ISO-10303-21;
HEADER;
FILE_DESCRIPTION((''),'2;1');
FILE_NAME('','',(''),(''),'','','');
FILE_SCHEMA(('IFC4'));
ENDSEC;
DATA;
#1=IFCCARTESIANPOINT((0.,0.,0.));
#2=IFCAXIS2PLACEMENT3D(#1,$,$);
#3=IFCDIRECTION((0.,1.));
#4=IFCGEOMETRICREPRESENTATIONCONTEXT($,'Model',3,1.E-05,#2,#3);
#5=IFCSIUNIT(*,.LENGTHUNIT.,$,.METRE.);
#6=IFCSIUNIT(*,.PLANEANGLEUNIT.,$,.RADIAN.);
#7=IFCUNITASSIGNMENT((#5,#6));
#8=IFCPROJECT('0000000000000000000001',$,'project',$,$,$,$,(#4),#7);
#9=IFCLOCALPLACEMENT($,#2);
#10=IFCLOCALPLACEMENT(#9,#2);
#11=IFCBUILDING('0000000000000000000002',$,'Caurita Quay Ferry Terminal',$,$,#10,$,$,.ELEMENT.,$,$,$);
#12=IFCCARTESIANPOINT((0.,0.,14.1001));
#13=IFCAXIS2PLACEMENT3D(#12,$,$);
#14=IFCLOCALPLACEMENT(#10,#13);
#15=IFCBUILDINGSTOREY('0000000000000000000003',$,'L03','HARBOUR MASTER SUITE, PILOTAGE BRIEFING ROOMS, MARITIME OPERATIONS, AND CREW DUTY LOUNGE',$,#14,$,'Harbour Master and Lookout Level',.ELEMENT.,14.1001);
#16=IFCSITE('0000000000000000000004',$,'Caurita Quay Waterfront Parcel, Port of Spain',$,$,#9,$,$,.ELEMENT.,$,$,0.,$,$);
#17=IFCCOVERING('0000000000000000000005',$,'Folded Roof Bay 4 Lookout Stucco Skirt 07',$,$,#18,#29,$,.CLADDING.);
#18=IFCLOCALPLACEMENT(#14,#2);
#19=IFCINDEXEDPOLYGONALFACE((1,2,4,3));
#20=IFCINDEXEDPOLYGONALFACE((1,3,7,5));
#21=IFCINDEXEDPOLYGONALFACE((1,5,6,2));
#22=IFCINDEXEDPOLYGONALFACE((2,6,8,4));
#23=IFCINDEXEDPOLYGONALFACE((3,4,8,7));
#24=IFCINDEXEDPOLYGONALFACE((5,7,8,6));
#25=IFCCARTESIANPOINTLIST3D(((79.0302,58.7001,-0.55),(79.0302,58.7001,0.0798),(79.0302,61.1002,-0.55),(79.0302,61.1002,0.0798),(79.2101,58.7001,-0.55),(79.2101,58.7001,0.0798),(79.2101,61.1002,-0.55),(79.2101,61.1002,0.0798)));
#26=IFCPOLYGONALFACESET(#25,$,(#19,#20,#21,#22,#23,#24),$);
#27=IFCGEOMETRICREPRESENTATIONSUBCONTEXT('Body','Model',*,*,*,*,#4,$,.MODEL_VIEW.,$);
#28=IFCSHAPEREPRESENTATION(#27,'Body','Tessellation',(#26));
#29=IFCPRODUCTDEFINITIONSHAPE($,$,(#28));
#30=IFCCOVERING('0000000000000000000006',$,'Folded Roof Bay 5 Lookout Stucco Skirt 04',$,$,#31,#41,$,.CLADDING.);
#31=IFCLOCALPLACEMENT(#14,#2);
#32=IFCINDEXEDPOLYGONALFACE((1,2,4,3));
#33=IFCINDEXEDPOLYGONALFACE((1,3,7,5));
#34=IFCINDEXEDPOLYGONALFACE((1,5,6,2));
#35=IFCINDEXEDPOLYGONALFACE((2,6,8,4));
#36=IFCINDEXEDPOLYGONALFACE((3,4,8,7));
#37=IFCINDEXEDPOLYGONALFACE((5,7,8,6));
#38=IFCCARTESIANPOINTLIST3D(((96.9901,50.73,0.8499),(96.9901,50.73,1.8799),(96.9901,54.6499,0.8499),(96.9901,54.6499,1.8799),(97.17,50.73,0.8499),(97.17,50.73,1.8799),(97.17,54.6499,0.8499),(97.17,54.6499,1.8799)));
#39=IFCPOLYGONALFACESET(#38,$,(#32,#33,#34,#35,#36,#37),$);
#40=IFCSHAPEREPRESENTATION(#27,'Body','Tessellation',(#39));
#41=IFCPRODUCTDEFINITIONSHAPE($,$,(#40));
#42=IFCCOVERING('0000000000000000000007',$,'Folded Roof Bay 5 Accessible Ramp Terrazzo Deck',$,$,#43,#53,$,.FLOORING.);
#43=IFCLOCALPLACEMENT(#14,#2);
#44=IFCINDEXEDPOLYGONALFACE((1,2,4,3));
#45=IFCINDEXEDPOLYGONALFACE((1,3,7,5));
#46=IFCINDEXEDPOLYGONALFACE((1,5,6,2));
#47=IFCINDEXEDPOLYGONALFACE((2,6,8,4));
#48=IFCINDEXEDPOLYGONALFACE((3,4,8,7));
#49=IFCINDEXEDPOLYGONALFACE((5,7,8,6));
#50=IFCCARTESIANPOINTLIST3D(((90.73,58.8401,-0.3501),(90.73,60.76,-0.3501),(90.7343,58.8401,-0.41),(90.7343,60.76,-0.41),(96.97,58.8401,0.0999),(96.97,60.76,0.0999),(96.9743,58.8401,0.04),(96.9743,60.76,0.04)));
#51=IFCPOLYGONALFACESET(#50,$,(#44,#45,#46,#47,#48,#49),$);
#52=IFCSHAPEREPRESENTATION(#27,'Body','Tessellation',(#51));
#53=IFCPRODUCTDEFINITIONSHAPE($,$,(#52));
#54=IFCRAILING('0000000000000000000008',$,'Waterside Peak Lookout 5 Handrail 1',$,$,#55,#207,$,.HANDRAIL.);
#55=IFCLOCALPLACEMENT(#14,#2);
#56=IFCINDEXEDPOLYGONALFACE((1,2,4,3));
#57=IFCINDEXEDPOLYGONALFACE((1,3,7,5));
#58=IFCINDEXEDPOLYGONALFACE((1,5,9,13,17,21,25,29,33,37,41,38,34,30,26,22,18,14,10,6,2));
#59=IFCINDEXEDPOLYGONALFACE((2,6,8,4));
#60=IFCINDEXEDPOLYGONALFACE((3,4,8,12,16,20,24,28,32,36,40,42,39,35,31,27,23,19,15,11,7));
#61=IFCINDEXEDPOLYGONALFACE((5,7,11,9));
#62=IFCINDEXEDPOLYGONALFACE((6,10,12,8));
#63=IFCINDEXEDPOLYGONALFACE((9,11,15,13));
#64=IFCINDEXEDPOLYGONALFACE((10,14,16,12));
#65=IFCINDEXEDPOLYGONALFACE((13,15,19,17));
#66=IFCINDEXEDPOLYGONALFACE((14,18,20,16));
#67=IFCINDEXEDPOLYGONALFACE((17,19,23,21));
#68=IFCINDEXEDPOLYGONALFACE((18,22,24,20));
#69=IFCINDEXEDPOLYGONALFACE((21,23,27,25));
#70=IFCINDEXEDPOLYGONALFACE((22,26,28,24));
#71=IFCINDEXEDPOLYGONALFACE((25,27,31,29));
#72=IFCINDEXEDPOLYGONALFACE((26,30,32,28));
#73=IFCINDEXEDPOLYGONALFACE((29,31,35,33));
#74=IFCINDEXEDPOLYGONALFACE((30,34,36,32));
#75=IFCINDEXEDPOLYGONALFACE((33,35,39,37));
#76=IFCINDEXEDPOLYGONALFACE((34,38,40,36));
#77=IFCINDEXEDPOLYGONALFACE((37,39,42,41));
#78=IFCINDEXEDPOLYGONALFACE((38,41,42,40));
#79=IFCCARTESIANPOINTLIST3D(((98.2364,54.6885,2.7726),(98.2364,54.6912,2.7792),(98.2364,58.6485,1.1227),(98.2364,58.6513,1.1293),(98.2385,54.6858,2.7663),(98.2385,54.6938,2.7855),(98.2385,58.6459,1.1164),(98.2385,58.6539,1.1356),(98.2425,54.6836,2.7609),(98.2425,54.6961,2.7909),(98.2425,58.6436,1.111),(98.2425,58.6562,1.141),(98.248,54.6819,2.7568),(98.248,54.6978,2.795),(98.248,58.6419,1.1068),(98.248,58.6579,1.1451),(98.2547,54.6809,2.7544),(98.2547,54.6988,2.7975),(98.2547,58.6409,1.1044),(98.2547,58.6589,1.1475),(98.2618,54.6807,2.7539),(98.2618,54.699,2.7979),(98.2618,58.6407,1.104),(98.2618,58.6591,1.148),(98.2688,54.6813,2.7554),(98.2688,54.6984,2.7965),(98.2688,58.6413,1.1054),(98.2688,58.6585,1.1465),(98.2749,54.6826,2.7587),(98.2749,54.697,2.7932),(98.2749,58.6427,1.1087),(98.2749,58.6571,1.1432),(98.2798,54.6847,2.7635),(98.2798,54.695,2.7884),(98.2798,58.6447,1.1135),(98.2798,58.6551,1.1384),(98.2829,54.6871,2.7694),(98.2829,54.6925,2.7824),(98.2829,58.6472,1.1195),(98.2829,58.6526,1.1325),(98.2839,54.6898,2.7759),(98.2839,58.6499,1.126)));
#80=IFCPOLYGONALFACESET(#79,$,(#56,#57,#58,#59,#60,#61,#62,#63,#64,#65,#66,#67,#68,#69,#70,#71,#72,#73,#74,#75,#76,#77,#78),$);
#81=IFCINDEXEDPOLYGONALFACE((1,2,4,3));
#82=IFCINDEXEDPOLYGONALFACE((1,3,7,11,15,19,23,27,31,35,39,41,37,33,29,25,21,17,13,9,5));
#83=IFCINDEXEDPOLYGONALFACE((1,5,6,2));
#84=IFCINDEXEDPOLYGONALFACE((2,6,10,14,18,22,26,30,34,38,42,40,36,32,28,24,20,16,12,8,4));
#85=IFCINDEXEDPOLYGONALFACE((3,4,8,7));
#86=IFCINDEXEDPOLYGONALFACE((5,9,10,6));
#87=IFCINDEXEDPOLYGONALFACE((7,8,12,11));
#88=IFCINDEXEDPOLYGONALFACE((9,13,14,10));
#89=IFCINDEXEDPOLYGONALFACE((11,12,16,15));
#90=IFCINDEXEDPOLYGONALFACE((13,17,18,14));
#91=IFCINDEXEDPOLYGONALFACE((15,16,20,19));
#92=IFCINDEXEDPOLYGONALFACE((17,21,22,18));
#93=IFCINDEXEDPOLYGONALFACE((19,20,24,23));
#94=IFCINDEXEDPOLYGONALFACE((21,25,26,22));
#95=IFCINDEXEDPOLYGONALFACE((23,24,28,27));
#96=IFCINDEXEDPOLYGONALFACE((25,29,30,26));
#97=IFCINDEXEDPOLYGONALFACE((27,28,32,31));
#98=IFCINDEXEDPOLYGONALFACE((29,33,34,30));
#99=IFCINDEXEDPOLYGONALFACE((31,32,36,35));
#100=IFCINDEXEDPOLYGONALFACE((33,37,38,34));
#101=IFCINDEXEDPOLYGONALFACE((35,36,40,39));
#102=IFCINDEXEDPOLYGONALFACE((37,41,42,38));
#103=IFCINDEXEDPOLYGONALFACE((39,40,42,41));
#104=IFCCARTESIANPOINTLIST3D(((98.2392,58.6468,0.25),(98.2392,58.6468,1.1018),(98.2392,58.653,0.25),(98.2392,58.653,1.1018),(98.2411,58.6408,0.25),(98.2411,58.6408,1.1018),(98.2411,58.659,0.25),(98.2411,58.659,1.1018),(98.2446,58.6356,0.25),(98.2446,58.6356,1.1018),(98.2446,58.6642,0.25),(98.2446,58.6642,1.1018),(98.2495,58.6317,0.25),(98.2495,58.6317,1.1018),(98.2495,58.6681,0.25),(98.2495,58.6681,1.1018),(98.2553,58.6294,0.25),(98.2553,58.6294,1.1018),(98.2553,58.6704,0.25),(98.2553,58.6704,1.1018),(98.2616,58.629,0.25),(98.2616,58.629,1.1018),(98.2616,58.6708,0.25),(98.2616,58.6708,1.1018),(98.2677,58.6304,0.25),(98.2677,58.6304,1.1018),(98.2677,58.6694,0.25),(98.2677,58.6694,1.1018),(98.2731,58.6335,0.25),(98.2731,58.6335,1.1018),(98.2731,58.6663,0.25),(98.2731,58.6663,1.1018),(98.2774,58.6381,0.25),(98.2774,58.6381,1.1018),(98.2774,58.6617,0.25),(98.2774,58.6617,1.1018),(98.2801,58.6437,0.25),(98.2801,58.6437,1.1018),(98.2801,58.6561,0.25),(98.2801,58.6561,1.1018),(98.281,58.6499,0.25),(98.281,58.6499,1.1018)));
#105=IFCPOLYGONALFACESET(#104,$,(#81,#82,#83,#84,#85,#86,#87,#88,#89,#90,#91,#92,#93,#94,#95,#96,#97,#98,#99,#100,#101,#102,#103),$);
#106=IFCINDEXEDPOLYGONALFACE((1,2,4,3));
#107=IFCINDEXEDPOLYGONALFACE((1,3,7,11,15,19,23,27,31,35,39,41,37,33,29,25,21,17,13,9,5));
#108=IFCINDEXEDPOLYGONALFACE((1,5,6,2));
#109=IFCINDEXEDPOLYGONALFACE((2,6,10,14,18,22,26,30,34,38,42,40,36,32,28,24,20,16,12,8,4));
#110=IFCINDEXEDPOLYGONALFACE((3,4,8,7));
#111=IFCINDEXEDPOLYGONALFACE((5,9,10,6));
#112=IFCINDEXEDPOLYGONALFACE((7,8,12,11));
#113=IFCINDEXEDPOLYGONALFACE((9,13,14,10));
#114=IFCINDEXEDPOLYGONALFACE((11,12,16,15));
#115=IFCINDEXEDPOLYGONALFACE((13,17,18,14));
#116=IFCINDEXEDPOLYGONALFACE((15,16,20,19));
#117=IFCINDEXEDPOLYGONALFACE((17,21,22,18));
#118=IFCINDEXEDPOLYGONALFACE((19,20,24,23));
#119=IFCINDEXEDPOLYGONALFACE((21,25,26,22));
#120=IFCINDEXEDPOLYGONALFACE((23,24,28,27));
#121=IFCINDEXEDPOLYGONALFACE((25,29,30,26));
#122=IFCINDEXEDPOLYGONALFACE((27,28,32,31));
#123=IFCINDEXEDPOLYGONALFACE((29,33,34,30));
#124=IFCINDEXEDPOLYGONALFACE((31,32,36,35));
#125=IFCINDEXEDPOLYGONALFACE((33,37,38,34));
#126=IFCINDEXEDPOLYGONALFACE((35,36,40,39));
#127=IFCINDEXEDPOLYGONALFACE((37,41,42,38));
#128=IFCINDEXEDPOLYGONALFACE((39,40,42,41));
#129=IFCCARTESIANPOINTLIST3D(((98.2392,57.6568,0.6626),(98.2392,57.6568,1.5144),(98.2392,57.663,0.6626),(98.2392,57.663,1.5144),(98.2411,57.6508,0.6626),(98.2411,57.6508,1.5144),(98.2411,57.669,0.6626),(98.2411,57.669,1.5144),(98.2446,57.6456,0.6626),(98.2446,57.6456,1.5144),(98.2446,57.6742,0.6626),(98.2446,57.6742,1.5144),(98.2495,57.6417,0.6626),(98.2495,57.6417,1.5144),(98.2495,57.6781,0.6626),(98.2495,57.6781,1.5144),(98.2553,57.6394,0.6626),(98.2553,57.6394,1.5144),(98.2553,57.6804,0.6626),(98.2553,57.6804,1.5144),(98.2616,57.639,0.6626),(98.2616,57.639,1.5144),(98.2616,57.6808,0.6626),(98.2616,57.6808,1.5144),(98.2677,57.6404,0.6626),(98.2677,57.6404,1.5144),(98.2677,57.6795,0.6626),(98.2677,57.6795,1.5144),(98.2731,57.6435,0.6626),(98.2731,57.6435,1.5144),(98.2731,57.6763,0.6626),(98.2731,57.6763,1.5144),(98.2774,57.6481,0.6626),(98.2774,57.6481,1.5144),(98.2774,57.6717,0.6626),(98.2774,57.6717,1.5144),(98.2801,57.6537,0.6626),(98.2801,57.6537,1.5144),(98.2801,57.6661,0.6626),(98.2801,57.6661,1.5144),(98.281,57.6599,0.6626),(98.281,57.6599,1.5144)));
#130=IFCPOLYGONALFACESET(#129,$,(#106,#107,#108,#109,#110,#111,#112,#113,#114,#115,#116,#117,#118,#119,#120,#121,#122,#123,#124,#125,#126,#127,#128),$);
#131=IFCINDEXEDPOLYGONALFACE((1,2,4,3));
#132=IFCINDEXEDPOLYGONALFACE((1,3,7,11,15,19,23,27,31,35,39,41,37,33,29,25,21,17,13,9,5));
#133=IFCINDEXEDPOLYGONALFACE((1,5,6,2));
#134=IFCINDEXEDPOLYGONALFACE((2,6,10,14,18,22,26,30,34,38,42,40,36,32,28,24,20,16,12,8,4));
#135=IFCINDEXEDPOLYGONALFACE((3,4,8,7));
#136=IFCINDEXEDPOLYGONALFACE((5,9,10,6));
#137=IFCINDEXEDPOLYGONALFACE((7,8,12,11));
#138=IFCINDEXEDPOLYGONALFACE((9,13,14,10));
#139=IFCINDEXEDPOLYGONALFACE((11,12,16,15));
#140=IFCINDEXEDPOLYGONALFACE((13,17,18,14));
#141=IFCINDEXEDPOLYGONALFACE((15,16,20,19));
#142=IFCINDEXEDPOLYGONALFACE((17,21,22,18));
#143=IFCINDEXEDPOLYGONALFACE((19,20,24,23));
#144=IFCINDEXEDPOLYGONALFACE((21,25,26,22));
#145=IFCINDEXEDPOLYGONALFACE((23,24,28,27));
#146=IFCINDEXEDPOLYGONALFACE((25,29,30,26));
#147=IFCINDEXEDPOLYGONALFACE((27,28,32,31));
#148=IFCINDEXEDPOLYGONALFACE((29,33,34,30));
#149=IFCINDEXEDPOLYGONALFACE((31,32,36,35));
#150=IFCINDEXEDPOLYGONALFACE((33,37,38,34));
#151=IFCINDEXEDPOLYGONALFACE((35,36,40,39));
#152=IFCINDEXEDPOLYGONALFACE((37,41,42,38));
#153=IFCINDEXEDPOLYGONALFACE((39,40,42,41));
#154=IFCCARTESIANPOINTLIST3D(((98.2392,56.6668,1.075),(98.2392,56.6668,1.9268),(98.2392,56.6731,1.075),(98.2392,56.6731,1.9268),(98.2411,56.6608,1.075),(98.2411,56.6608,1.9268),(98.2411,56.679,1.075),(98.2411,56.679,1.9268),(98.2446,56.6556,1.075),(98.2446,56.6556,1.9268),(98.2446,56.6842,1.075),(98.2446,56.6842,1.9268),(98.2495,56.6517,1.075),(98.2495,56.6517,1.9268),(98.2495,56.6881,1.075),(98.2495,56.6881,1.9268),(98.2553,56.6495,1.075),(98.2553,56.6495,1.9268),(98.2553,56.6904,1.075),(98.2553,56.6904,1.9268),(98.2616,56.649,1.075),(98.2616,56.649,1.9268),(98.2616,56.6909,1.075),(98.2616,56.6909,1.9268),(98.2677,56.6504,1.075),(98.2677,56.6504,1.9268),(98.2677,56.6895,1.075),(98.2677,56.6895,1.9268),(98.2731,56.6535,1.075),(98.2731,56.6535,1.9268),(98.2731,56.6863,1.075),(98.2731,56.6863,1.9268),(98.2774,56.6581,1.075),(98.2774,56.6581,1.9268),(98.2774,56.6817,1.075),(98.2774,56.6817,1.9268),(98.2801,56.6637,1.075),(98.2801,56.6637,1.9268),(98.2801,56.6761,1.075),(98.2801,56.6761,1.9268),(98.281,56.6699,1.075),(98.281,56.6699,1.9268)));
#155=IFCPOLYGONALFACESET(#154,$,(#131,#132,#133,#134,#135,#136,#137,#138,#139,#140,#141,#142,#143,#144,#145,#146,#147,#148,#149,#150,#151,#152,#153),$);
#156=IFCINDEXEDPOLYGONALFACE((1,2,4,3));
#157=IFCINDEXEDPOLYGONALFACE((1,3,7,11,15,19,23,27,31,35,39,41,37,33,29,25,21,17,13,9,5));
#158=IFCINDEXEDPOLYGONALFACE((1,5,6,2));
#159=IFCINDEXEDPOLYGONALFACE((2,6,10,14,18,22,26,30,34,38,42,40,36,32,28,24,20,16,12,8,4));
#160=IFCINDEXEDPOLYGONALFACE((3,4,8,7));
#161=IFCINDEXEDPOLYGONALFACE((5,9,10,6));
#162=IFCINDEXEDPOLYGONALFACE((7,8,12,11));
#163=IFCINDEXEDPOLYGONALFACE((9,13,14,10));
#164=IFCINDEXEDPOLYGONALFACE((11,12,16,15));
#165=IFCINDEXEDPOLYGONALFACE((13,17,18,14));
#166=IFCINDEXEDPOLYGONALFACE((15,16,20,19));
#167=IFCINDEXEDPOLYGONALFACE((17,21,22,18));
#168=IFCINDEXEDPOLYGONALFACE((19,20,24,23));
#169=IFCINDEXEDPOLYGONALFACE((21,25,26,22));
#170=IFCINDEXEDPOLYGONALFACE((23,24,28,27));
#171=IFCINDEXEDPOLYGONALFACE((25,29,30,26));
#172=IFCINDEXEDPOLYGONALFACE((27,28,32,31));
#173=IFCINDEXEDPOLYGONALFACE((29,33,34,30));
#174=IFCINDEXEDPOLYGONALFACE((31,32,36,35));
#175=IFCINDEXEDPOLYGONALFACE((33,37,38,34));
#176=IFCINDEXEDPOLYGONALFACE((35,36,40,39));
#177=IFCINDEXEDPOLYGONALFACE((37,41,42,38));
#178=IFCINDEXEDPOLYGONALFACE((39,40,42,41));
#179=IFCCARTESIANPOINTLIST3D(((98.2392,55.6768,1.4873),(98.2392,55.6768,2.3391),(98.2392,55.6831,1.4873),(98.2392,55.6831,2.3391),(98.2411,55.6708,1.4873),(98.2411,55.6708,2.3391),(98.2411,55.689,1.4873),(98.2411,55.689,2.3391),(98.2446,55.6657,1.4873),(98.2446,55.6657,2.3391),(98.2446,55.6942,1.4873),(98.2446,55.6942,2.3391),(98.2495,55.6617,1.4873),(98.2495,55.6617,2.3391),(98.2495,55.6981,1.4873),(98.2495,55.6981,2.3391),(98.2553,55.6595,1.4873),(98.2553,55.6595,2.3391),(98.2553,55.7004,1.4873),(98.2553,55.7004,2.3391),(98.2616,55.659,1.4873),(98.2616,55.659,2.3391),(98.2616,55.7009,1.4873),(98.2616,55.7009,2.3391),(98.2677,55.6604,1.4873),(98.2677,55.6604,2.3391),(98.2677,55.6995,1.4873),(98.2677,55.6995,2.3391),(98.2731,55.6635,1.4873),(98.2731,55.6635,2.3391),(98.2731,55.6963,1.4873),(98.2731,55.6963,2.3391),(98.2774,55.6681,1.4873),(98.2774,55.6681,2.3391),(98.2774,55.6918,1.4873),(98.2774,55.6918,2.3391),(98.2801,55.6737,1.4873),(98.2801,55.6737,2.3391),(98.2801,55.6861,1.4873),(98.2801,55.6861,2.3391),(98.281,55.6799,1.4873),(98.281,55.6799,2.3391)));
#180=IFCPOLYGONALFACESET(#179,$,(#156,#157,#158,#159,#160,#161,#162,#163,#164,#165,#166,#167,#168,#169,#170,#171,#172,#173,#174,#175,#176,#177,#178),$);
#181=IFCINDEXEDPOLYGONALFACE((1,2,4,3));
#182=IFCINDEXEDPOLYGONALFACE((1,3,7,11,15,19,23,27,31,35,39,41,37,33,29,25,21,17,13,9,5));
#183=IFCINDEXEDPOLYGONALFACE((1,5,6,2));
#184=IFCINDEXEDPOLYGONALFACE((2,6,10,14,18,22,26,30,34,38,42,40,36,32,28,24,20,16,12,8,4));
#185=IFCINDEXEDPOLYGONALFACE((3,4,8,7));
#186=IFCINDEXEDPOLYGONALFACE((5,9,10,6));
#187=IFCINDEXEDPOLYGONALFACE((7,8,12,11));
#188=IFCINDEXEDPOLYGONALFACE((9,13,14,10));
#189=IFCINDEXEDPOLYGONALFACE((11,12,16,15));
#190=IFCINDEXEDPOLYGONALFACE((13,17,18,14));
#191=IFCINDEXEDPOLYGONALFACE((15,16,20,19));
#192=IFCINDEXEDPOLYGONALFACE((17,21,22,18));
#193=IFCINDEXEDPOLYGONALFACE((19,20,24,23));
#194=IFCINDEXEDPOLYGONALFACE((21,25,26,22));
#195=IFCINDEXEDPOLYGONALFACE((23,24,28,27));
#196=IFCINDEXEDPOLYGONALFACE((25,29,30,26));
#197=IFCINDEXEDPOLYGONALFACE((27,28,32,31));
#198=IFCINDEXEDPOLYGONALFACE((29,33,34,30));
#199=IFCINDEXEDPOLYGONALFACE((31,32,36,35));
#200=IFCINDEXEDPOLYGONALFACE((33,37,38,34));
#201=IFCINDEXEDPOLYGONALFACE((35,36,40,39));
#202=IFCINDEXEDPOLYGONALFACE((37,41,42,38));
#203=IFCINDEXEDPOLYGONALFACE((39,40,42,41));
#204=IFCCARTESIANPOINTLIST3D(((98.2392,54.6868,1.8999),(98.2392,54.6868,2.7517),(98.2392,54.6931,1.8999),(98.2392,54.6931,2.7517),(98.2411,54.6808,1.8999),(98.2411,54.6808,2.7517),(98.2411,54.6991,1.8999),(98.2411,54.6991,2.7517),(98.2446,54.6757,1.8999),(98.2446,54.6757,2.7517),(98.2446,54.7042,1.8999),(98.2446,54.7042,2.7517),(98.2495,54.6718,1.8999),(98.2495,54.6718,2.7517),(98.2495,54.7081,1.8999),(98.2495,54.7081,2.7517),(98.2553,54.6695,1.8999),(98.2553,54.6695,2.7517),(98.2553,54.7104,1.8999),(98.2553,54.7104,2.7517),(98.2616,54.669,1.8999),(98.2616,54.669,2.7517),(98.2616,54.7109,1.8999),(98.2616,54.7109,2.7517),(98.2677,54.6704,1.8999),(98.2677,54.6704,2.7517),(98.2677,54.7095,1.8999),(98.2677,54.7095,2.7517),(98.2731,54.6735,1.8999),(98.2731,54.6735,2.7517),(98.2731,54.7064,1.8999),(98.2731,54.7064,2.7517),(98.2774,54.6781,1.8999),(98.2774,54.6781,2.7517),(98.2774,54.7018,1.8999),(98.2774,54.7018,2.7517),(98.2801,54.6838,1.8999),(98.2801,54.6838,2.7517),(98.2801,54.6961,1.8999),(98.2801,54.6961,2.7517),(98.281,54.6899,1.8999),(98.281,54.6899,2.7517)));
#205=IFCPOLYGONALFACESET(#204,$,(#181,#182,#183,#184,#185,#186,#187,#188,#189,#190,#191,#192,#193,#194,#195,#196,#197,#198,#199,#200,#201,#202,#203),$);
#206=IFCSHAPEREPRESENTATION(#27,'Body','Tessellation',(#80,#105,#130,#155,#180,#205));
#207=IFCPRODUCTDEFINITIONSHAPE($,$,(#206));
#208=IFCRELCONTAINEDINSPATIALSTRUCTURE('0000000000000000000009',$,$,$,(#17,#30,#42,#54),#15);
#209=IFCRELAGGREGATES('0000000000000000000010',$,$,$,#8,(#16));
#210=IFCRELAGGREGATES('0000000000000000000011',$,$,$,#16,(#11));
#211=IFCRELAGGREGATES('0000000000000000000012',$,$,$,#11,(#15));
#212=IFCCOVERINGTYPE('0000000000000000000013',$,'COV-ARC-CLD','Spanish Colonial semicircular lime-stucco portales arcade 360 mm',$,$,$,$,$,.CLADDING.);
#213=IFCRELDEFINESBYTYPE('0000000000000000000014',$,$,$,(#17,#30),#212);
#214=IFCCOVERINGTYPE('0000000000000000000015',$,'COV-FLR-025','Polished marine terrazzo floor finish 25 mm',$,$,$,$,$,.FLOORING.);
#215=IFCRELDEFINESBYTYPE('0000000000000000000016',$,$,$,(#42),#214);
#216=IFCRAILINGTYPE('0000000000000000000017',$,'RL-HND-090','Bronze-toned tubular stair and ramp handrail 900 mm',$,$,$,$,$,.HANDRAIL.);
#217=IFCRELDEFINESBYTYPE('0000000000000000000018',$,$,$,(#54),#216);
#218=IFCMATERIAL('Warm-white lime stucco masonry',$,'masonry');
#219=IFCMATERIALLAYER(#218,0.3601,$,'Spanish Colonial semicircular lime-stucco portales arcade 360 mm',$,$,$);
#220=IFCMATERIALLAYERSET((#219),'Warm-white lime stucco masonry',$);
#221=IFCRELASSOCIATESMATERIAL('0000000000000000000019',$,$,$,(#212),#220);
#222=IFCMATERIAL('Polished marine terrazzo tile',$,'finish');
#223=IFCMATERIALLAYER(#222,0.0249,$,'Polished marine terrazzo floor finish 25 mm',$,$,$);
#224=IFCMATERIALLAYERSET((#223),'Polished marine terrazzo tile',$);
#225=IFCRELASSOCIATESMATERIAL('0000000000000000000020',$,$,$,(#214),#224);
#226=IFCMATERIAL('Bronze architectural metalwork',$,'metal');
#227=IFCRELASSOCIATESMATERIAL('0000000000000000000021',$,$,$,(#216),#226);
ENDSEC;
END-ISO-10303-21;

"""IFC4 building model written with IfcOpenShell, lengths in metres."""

from ifc_helpers import new_model, si_unit, direction, frame, frame_2d, origin, origin_2d, place, context, subcontext, project, spatial, polyline, rectangle, circle, outline, extrude, material, layer, layer_set, type_object, element, save


model = new_model("IFC4")

# Units and contexts
model_context = context("Model", 3, precision=1e-05, world=origin(), true_north=direction((0.0, 1.0)))
body_context = subcontext(model_context, "Body", "Model", "MODEL_VIEW")
ifc_project = project(units=[si_unit("LENGTHUNIT", "METRE"), si_unit("PLANEANGLEUNIT", "RADIAN")], contexts=[model_context])

# Site, building, storey
site_placement = place(None, origin())
site = spatial("IfcSite", under=ifc_project, at=site_placement, Name="Caurita Quay Waterfront Parcel, Port of Spain", CompositionType="ELEMENT", RefElevation=0.0)
building_placement = place(site_placement, origin())
building = spatial("IfcBuilding", under=site, at=building_placement, Name="Caurita Quay Ferry Terminal", CompositionType="ELEMENT")
storey_placement = place(building_placement, frame((0.0, 0.0, 14.1001)))
storey = spatial("IfcBuildingStorey", under=building, at=storey_placement, Name="L03", Description="HARBOUR MASTER SUITE, PILOTAGE BRIEFING ROOMS, MARITIME OPERATIONS, AND CREW DUTY LOUNGE", LongName="Harbour Master and Lookout Level", CompositionType="ELEMENT", Elevation=14.1001)

# Coverings
ifc_material_1 = material(Name="Warm-white lime stucco masonry", Category="masonry")
ifc_layer_1 = layer(ifc_material_1, 0.3601, Name="Spanish Colonial semicircular lime-stucco portales arcade 360 mm")
ifc_layer_set_1 = layer_set([ifc_layer_1], Name="Warm-white lime stucco masonry")
covering_type_1 = type_object("IfcCoveringType", Name="COV-ARC-CLD", Description="Spanish Colonial semicircular lime-stucco portales arcade 360 mm", PredefinedType="CLADDING", material=ifc_layer_set_1)
covering_1_placement = place(storey_placement, frame((79.1201, 58.7, -0.55), z_axis=(0.0, 0.0, 1.0), x_axis=(0.0, 1.0, 0.0)))
element("IfcCovering", 1, at=covering_1_placement, inside=storey, type_object=covering_type_1, Name="Folded Roof Bay 4 Lookout Stucco Skirt 07", PredefinedType="CLADDING", context=body_context, shape_type="SweptSolid", body=[
    extrude(rectangle(XDim=2.4001, YDim=0.1799, at=frame_2d((1.2002, 0.0))), origin(), (0.0, 0.0, 1.0), 0.6299),
])
covering_2_placement = place(storey_placement, frame((97.0801, 54.6499, 0.8499), z_axis=(0.0, 0.0, 1.0), x_axis=(0.0, -1.0, 0.0)))
element("IfcCovering", 2, at=covering_2_placement, inside=storey, type_object=covering_type_1, Name="Folded Roof Bay 5 Lookout Stucco Skirt 04", PredefinedType="CLADDING", context=body_context, shape_type="SweptSolid", body=[
    extrude(rectangle(XDim=3.9199, YDim=0.1799, at=frame_2d((1.96, 0.0))), origin(), (0.0, 0.0, 1.0), 1.03),
])
ifc_material_2 = material(Name="Polished marine terrazzo tile", Category="finish")
ifc_layer_2 = layer(ifc_material_2, 0.0249, Name="Polished marine terrazzo floor finish 25 mm")
ifc_layer_set_2 = layer_set([ifc_layer_2], Name="Polished marine terrazzo tile")
covering_type_2 = type_object("IfcCoveringType", Name="COV-FLR-025", Description="Polished marine terrazzo floor finish 25 mm", PredefinedType="FLOORING", material=ifc_layer_set_2)
covering_3_placement = place(storey_placement, frame((90.73, 58.8401, -0.3501), z_axis=(-0.071921, 0.0, 0.99741), x_axis=(0.99741, 0.0, 0.071921)))
element("IfcCovering", 3, at=covering_3_placement, inside=storey, type_object=covering_type_2, Name="Folded Roof Bay 5 Accessible Ramp Terrazzo Deck", PredefinedType="FLOORING", context=body_context, shape_type="SweptSolid", body=[
    extrude(outline(polyline([(0.0, 0.0), (6.2562, 0.0), (6.2562, 1.9199), (0.0, 1.9199), (0.0, 0.0)])), origin(), (0.0, 0.0, -1.0), 0.0601),
])

# Railing
ifc_material_3 = material(Name="Bronze architectural metalwork", Category="metal")
railing_type_1 = type_object("IfcRailingType", Name="RL-HND-090", Description="Bronze-toned tubular stair and ramp handrail 900 mm", PredefinedType="HANDRAIL", material=ifc_material_3)
railing_1_placement = place(storey_placement, frame((98.26, 58.6499, 0.25)))
element("IfcRailing", 4, at=railing_1_placement, inside=storey, type_object=railing_type_1, Name="Waterside Peak Lookout 5 Handrail 1", PredefinedType="HANDRAIL", context=body_context, shape_type="SweptSolid", body=[
    extrude(circle(Radius=0.0239, at=origin_2d()), frame((0.0, 0.0, 0.876), z_axis=(0.0, -0.923084, 0.384599), x_axis=(1.0, 0.0, 0.0)), (0.0, 0.0, 1.0), 4.29),
    extrude(circle(Radius=0.021, at=origin_2d()), origin(), (0.0, 0.0, 1.0), 0.8518),
    extrude(circle(Radius=0.021, at=origin_2d()), frame((0.0, -0.99, 0.4126)), (0.0, 0.0, 1.0), 0.8518),
    extrude(circle(Radius=0.021, at=origin_2d()), frame((0.0, -1.98, 0.825)), (0.0, 0.0, 1.0), 0.8518),
    extrude(circle(Radius=0.021, at=origin_2d()), frame((0.0, -2.97, 1.2373)), (0.0, 0.0, 1.0), 0.8518),
    extrude(circle(Radius=0.021, at=origin_2d()), frame((0.0, -3.96, 1.6499)), (0.0, 0.0, 1.0), 0.8518),
])

save(model, "model.ifc")
